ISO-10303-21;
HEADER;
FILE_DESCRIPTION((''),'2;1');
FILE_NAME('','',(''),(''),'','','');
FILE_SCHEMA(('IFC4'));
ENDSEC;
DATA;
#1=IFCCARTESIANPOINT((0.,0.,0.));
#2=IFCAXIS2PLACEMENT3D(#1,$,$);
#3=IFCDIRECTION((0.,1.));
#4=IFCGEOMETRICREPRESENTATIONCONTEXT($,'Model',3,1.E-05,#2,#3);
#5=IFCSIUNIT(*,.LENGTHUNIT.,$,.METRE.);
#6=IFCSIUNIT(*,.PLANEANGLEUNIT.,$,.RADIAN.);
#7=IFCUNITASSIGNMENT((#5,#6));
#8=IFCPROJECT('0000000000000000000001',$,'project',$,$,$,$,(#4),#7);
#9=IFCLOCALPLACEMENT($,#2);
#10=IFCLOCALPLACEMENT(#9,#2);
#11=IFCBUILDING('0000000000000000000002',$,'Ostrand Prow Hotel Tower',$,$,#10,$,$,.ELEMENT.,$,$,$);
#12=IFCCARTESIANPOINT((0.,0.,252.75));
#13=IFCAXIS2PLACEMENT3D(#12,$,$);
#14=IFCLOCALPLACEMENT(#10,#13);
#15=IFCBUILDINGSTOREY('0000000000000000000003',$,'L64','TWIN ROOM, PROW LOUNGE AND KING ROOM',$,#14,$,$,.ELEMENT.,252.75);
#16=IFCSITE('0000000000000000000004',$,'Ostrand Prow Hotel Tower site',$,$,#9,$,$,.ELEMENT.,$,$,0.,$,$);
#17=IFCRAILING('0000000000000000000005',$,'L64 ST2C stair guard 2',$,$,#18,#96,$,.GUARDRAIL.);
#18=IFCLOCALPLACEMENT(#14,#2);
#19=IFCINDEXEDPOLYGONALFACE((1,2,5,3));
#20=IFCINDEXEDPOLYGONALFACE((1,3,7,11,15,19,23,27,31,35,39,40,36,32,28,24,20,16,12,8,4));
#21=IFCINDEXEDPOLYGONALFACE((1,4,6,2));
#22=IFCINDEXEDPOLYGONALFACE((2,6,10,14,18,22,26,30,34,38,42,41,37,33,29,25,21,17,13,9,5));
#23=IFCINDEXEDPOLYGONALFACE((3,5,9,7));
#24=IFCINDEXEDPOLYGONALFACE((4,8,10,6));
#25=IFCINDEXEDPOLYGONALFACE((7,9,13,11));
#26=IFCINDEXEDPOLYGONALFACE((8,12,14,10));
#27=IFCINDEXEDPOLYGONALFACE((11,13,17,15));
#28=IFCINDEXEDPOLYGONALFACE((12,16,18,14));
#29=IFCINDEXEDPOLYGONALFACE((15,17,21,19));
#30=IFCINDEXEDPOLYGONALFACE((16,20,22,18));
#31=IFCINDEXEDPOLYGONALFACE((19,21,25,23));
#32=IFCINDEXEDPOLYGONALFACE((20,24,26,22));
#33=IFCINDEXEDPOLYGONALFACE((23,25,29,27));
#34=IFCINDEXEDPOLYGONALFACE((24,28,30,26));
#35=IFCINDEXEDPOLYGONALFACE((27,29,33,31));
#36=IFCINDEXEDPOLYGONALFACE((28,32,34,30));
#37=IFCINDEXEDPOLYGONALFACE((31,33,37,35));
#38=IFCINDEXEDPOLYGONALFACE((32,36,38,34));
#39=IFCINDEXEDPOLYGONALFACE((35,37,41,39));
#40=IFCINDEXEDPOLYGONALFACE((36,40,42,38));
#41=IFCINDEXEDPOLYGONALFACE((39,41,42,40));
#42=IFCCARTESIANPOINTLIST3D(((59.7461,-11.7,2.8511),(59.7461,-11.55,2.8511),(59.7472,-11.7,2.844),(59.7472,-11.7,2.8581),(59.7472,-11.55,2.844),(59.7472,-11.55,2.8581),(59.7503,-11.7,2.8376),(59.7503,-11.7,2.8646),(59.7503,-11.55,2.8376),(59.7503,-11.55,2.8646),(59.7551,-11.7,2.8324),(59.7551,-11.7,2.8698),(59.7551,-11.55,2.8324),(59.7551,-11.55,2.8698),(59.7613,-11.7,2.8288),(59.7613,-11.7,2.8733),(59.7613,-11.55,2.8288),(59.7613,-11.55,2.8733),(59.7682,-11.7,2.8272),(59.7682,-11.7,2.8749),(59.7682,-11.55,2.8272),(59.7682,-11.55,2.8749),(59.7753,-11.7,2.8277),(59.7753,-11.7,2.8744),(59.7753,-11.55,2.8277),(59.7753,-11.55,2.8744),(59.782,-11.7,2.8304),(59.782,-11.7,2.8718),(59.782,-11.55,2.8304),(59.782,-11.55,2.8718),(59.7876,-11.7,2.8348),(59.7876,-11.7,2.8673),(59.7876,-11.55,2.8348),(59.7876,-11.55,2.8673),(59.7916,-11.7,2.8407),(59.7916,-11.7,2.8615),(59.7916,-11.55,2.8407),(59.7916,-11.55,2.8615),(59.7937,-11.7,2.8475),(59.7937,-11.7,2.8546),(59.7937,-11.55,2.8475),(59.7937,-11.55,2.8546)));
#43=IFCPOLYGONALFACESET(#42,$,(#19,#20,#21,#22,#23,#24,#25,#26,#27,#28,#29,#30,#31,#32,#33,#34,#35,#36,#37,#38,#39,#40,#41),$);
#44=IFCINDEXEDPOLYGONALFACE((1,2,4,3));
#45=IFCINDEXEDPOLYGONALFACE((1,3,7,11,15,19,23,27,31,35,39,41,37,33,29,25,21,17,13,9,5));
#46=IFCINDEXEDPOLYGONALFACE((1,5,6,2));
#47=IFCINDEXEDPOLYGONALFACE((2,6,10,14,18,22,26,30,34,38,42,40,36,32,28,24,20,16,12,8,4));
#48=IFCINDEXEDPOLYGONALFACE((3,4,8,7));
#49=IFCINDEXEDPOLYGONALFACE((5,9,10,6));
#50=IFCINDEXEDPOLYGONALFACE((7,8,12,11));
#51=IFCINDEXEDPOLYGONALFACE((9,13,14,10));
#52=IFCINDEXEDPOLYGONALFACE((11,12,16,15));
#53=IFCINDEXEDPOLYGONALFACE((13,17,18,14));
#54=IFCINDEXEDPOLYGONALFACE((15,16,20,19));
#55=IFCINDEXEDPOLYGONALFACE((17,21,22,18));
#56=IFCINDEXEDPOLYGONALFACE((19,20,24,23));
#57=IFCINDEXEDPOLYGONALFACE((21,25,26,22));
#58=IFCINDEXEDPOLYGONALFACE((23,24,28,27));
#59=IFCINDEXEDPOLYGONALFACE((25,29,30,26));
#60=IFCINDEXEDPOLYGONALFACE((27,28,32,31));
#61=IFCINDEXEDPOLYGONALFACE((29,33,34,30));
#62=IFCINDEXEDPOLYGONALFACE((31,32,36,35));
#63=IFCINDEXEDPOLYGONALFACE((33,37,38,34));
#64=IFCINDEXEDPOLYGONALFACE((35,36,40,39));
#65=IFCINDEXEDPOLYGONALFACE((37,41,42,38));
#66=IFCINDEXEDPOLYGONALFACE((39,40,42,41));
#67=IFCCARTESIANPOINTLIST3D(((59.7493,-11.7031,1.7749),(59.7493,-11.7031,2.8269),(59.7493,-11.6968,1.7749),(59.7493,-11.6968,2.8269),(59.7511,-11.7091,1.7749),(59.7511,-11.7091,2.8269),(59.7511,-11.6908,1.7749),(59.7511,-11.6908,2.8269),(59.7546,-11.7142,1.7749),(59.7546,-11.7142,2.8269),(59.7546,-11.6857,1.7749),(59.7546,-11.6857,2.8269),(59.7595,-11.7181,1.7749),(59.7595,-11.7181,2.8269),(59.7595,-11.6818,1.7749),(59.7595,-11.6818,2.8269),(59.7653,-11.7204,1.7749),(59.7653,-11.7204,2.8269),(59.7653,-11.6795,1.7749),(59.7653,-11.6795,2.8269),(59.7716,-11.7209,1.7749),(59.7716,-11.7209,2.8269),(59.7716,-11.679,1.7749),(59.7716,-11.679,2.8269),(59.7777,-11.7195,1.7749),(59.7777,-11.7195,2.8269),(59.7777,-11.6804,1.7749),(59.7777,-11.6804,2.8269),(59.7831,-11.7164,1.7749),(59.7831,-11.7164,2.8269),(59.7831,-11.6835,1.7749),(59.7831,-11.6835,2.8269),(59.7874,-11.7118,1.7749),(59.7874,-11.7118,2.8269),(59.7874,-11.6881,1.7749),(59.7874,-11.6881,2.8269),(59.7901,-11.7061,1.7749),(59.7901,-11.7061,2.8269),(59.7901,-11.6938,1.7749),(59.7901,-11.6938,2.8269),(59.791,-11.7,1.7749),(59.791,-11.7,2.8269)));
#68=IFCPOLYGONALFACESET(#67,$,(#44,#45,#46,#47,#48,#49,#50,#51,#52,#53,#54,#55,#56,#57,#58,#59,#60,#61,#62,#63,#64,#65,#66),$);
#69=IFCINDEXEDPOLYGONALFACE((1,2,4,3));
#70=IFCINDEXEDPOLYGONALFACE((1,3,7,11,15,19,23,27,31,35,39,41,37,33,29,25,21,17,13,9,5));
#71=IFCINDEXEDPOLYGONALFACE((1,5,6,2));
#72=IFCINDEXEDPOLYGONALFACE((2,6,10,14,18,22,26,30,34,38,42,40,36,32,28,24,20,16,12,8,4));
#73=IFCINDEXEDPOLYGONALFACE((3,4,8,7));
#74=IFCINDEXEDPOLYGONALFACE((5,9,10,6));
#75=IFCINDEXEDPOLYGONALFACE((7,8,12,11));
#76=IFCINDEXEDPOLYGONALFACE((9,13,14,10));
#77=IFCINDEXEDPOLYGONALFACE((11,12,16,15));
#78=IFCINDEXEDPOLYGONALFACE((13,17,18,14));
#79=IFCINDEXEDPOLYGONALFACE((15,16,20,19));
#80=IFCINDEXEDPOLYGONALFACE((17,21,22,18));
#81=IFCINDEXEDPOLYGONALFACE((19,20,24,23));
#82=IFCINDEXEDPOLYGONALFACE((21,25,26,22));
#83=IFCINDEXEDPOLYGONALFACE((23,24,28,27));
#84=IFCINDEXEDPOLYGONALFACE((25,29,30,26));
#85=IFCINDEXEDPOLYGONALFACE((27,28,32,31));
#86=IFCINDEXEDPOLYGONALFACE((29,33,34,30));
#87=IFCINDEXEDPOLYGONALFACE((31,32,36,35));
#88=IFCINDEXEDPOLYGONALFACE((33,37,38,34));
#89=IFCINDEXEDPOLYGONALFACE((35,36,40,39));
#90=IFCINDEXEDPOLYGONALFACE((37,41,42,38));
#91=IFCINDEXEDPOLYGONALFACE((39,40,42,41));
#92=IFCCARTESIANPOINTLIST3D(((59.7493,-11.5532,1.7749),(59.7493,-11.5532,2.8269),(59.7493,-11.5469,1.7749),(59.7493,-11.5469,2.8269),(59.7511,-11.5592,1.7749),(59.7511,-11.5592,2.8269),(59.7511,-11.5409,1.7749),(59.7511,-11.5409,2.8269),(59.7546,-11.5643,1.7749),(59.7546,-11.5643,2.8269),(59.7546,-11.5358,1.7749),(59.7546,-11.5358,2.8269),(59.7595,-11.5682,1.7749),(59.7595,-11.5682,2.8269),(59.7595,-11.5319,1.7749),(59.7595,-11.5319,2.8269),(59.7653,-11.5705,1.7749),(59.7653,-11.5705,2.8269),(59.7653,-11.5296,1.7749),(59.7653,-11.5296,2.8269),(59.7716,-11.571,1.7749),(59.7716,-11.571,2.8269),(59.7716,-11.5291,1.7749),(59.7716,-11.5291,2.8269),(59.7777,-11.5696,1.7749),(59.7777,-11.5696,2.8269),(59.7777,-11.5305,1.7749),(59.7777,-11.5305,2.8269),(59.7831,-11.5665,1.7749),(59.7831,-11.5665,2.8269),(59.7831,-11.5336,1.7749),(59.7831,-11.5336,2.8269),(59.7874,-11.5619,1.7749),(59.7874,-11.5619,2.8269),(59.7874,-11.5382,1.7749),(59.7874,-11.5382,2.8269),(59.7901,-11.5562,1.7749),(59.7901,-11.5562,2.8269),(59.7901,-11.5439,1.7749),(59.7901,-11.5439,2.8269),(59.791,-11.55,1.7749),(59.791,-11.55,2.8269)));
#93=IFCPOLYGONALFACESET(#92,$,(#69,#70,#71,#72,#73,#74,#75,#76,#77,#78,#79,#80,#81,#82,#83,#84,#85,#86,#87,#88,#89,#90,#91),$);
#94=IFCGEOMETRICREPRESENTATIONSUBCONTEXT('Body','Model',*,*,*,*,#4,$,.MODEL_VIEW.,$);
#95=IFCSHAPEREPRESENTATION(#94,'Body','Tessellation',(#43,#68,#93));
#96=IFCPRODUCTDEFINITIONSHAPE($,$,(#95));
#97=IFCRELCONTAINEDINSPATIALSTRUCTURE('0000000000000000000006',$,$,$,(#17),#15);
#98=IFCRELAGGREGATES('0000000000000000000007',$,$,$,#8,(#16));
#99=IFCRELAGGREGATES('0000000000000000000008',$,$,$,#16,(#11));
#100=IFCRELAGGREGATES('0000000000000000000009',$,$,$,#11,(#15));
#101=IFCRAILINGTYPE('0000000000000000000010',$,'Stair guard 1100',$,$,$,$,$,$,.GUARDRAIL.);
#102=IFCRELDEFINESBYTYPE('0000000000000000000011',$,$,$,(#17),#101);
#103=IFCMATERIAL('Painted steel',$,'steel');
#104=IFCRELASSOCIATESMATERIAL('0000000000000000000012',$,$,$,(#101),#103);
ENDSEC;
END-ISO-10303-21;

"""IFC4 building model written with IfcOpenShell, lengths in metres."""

from ifc_helpers import new_model, si_unit, direction, frame, origin, origin_2d, place, context, subcontext, project, spatial, circle, extrude, material, type_object, element, save


model = new_model("IFC4")

# Units and contexts
model_context = context("Model", 3, precision=1e-05, world=origin(), true_north=direction((0.0, 1.0)))
body_context = subcontext(model_context, "Body", "Model", "MODEL_VIEW")
ifc_project = project(units=[si_unit("LENGTHUNIT", "METRE"), si_unit("PLANEANGLEUNIT", "RADIAN")], contexts=[model_context])

# Site, building, storey
site_placement = place(None, origin())
site = spatial("IfcSite", under=ifc_project, at=site_placement, Name="Ostrand Prow Hotel Tower site", CompositionType="ELEMENT", RefElevation=0.0)
building_placement = place(site_placement, origin())
building = spatial("IfcBuilding", under=site, at=building_placement, Name="Ostrand Prow Hotel Tower", CompositionType="ELEMENT")
storey_placement = place(building_placement, frame((0.0, 0.0, 252.75)))
storey = spatial("IfcBuildingStorey", under=building, at=storey_placement, Name="L64", Description="TWIN ROOM, PROW LOUNGE AND KING ROOM", CompositionType="ELEMENT", Elevation=252.75)

# Railing
ifc_material_1 = material(Name="Painted steel", Category="steel")
railing_type_1 = type_object("IfcRailingType", Name="Stair guard 1100", PredefinedType="GUARDRAIL", material=ifc_material_1)
railing_1_placement = place(storey_placement, frame((59.77, -11.7, 1.7749)))
element("IfcRailing", 1, at=railing_1_placement, inside=storey, type_object=railing_type_1, Name="L64 ST2C stair guard 2", PredefinedType="GUARDRAIL", context=body_context, shape_type="SweptSolid", body=[
    extrude(circle(Radius=0.0239, at=origin_2d()), frame((0.0, 0.0, 1.0762), z_axis=(0.0, 1.0, 0.0), x_axis=(-1.0, 0.0, 0.0)), (0.0, 0.0, 1.0), 0.1499),
    extrude(circle(Radius=0.021, at=origin_2d()), origin(), (0.0, 0.0, 1.0), 1.052),
    extrude(circle(Radius=0.021, at=origin_2d()), frame((0.0, 0.1499, 0.0)), (0.0, 0.0, 1.0), 1.052),
])

save(model, "model.ifc")
